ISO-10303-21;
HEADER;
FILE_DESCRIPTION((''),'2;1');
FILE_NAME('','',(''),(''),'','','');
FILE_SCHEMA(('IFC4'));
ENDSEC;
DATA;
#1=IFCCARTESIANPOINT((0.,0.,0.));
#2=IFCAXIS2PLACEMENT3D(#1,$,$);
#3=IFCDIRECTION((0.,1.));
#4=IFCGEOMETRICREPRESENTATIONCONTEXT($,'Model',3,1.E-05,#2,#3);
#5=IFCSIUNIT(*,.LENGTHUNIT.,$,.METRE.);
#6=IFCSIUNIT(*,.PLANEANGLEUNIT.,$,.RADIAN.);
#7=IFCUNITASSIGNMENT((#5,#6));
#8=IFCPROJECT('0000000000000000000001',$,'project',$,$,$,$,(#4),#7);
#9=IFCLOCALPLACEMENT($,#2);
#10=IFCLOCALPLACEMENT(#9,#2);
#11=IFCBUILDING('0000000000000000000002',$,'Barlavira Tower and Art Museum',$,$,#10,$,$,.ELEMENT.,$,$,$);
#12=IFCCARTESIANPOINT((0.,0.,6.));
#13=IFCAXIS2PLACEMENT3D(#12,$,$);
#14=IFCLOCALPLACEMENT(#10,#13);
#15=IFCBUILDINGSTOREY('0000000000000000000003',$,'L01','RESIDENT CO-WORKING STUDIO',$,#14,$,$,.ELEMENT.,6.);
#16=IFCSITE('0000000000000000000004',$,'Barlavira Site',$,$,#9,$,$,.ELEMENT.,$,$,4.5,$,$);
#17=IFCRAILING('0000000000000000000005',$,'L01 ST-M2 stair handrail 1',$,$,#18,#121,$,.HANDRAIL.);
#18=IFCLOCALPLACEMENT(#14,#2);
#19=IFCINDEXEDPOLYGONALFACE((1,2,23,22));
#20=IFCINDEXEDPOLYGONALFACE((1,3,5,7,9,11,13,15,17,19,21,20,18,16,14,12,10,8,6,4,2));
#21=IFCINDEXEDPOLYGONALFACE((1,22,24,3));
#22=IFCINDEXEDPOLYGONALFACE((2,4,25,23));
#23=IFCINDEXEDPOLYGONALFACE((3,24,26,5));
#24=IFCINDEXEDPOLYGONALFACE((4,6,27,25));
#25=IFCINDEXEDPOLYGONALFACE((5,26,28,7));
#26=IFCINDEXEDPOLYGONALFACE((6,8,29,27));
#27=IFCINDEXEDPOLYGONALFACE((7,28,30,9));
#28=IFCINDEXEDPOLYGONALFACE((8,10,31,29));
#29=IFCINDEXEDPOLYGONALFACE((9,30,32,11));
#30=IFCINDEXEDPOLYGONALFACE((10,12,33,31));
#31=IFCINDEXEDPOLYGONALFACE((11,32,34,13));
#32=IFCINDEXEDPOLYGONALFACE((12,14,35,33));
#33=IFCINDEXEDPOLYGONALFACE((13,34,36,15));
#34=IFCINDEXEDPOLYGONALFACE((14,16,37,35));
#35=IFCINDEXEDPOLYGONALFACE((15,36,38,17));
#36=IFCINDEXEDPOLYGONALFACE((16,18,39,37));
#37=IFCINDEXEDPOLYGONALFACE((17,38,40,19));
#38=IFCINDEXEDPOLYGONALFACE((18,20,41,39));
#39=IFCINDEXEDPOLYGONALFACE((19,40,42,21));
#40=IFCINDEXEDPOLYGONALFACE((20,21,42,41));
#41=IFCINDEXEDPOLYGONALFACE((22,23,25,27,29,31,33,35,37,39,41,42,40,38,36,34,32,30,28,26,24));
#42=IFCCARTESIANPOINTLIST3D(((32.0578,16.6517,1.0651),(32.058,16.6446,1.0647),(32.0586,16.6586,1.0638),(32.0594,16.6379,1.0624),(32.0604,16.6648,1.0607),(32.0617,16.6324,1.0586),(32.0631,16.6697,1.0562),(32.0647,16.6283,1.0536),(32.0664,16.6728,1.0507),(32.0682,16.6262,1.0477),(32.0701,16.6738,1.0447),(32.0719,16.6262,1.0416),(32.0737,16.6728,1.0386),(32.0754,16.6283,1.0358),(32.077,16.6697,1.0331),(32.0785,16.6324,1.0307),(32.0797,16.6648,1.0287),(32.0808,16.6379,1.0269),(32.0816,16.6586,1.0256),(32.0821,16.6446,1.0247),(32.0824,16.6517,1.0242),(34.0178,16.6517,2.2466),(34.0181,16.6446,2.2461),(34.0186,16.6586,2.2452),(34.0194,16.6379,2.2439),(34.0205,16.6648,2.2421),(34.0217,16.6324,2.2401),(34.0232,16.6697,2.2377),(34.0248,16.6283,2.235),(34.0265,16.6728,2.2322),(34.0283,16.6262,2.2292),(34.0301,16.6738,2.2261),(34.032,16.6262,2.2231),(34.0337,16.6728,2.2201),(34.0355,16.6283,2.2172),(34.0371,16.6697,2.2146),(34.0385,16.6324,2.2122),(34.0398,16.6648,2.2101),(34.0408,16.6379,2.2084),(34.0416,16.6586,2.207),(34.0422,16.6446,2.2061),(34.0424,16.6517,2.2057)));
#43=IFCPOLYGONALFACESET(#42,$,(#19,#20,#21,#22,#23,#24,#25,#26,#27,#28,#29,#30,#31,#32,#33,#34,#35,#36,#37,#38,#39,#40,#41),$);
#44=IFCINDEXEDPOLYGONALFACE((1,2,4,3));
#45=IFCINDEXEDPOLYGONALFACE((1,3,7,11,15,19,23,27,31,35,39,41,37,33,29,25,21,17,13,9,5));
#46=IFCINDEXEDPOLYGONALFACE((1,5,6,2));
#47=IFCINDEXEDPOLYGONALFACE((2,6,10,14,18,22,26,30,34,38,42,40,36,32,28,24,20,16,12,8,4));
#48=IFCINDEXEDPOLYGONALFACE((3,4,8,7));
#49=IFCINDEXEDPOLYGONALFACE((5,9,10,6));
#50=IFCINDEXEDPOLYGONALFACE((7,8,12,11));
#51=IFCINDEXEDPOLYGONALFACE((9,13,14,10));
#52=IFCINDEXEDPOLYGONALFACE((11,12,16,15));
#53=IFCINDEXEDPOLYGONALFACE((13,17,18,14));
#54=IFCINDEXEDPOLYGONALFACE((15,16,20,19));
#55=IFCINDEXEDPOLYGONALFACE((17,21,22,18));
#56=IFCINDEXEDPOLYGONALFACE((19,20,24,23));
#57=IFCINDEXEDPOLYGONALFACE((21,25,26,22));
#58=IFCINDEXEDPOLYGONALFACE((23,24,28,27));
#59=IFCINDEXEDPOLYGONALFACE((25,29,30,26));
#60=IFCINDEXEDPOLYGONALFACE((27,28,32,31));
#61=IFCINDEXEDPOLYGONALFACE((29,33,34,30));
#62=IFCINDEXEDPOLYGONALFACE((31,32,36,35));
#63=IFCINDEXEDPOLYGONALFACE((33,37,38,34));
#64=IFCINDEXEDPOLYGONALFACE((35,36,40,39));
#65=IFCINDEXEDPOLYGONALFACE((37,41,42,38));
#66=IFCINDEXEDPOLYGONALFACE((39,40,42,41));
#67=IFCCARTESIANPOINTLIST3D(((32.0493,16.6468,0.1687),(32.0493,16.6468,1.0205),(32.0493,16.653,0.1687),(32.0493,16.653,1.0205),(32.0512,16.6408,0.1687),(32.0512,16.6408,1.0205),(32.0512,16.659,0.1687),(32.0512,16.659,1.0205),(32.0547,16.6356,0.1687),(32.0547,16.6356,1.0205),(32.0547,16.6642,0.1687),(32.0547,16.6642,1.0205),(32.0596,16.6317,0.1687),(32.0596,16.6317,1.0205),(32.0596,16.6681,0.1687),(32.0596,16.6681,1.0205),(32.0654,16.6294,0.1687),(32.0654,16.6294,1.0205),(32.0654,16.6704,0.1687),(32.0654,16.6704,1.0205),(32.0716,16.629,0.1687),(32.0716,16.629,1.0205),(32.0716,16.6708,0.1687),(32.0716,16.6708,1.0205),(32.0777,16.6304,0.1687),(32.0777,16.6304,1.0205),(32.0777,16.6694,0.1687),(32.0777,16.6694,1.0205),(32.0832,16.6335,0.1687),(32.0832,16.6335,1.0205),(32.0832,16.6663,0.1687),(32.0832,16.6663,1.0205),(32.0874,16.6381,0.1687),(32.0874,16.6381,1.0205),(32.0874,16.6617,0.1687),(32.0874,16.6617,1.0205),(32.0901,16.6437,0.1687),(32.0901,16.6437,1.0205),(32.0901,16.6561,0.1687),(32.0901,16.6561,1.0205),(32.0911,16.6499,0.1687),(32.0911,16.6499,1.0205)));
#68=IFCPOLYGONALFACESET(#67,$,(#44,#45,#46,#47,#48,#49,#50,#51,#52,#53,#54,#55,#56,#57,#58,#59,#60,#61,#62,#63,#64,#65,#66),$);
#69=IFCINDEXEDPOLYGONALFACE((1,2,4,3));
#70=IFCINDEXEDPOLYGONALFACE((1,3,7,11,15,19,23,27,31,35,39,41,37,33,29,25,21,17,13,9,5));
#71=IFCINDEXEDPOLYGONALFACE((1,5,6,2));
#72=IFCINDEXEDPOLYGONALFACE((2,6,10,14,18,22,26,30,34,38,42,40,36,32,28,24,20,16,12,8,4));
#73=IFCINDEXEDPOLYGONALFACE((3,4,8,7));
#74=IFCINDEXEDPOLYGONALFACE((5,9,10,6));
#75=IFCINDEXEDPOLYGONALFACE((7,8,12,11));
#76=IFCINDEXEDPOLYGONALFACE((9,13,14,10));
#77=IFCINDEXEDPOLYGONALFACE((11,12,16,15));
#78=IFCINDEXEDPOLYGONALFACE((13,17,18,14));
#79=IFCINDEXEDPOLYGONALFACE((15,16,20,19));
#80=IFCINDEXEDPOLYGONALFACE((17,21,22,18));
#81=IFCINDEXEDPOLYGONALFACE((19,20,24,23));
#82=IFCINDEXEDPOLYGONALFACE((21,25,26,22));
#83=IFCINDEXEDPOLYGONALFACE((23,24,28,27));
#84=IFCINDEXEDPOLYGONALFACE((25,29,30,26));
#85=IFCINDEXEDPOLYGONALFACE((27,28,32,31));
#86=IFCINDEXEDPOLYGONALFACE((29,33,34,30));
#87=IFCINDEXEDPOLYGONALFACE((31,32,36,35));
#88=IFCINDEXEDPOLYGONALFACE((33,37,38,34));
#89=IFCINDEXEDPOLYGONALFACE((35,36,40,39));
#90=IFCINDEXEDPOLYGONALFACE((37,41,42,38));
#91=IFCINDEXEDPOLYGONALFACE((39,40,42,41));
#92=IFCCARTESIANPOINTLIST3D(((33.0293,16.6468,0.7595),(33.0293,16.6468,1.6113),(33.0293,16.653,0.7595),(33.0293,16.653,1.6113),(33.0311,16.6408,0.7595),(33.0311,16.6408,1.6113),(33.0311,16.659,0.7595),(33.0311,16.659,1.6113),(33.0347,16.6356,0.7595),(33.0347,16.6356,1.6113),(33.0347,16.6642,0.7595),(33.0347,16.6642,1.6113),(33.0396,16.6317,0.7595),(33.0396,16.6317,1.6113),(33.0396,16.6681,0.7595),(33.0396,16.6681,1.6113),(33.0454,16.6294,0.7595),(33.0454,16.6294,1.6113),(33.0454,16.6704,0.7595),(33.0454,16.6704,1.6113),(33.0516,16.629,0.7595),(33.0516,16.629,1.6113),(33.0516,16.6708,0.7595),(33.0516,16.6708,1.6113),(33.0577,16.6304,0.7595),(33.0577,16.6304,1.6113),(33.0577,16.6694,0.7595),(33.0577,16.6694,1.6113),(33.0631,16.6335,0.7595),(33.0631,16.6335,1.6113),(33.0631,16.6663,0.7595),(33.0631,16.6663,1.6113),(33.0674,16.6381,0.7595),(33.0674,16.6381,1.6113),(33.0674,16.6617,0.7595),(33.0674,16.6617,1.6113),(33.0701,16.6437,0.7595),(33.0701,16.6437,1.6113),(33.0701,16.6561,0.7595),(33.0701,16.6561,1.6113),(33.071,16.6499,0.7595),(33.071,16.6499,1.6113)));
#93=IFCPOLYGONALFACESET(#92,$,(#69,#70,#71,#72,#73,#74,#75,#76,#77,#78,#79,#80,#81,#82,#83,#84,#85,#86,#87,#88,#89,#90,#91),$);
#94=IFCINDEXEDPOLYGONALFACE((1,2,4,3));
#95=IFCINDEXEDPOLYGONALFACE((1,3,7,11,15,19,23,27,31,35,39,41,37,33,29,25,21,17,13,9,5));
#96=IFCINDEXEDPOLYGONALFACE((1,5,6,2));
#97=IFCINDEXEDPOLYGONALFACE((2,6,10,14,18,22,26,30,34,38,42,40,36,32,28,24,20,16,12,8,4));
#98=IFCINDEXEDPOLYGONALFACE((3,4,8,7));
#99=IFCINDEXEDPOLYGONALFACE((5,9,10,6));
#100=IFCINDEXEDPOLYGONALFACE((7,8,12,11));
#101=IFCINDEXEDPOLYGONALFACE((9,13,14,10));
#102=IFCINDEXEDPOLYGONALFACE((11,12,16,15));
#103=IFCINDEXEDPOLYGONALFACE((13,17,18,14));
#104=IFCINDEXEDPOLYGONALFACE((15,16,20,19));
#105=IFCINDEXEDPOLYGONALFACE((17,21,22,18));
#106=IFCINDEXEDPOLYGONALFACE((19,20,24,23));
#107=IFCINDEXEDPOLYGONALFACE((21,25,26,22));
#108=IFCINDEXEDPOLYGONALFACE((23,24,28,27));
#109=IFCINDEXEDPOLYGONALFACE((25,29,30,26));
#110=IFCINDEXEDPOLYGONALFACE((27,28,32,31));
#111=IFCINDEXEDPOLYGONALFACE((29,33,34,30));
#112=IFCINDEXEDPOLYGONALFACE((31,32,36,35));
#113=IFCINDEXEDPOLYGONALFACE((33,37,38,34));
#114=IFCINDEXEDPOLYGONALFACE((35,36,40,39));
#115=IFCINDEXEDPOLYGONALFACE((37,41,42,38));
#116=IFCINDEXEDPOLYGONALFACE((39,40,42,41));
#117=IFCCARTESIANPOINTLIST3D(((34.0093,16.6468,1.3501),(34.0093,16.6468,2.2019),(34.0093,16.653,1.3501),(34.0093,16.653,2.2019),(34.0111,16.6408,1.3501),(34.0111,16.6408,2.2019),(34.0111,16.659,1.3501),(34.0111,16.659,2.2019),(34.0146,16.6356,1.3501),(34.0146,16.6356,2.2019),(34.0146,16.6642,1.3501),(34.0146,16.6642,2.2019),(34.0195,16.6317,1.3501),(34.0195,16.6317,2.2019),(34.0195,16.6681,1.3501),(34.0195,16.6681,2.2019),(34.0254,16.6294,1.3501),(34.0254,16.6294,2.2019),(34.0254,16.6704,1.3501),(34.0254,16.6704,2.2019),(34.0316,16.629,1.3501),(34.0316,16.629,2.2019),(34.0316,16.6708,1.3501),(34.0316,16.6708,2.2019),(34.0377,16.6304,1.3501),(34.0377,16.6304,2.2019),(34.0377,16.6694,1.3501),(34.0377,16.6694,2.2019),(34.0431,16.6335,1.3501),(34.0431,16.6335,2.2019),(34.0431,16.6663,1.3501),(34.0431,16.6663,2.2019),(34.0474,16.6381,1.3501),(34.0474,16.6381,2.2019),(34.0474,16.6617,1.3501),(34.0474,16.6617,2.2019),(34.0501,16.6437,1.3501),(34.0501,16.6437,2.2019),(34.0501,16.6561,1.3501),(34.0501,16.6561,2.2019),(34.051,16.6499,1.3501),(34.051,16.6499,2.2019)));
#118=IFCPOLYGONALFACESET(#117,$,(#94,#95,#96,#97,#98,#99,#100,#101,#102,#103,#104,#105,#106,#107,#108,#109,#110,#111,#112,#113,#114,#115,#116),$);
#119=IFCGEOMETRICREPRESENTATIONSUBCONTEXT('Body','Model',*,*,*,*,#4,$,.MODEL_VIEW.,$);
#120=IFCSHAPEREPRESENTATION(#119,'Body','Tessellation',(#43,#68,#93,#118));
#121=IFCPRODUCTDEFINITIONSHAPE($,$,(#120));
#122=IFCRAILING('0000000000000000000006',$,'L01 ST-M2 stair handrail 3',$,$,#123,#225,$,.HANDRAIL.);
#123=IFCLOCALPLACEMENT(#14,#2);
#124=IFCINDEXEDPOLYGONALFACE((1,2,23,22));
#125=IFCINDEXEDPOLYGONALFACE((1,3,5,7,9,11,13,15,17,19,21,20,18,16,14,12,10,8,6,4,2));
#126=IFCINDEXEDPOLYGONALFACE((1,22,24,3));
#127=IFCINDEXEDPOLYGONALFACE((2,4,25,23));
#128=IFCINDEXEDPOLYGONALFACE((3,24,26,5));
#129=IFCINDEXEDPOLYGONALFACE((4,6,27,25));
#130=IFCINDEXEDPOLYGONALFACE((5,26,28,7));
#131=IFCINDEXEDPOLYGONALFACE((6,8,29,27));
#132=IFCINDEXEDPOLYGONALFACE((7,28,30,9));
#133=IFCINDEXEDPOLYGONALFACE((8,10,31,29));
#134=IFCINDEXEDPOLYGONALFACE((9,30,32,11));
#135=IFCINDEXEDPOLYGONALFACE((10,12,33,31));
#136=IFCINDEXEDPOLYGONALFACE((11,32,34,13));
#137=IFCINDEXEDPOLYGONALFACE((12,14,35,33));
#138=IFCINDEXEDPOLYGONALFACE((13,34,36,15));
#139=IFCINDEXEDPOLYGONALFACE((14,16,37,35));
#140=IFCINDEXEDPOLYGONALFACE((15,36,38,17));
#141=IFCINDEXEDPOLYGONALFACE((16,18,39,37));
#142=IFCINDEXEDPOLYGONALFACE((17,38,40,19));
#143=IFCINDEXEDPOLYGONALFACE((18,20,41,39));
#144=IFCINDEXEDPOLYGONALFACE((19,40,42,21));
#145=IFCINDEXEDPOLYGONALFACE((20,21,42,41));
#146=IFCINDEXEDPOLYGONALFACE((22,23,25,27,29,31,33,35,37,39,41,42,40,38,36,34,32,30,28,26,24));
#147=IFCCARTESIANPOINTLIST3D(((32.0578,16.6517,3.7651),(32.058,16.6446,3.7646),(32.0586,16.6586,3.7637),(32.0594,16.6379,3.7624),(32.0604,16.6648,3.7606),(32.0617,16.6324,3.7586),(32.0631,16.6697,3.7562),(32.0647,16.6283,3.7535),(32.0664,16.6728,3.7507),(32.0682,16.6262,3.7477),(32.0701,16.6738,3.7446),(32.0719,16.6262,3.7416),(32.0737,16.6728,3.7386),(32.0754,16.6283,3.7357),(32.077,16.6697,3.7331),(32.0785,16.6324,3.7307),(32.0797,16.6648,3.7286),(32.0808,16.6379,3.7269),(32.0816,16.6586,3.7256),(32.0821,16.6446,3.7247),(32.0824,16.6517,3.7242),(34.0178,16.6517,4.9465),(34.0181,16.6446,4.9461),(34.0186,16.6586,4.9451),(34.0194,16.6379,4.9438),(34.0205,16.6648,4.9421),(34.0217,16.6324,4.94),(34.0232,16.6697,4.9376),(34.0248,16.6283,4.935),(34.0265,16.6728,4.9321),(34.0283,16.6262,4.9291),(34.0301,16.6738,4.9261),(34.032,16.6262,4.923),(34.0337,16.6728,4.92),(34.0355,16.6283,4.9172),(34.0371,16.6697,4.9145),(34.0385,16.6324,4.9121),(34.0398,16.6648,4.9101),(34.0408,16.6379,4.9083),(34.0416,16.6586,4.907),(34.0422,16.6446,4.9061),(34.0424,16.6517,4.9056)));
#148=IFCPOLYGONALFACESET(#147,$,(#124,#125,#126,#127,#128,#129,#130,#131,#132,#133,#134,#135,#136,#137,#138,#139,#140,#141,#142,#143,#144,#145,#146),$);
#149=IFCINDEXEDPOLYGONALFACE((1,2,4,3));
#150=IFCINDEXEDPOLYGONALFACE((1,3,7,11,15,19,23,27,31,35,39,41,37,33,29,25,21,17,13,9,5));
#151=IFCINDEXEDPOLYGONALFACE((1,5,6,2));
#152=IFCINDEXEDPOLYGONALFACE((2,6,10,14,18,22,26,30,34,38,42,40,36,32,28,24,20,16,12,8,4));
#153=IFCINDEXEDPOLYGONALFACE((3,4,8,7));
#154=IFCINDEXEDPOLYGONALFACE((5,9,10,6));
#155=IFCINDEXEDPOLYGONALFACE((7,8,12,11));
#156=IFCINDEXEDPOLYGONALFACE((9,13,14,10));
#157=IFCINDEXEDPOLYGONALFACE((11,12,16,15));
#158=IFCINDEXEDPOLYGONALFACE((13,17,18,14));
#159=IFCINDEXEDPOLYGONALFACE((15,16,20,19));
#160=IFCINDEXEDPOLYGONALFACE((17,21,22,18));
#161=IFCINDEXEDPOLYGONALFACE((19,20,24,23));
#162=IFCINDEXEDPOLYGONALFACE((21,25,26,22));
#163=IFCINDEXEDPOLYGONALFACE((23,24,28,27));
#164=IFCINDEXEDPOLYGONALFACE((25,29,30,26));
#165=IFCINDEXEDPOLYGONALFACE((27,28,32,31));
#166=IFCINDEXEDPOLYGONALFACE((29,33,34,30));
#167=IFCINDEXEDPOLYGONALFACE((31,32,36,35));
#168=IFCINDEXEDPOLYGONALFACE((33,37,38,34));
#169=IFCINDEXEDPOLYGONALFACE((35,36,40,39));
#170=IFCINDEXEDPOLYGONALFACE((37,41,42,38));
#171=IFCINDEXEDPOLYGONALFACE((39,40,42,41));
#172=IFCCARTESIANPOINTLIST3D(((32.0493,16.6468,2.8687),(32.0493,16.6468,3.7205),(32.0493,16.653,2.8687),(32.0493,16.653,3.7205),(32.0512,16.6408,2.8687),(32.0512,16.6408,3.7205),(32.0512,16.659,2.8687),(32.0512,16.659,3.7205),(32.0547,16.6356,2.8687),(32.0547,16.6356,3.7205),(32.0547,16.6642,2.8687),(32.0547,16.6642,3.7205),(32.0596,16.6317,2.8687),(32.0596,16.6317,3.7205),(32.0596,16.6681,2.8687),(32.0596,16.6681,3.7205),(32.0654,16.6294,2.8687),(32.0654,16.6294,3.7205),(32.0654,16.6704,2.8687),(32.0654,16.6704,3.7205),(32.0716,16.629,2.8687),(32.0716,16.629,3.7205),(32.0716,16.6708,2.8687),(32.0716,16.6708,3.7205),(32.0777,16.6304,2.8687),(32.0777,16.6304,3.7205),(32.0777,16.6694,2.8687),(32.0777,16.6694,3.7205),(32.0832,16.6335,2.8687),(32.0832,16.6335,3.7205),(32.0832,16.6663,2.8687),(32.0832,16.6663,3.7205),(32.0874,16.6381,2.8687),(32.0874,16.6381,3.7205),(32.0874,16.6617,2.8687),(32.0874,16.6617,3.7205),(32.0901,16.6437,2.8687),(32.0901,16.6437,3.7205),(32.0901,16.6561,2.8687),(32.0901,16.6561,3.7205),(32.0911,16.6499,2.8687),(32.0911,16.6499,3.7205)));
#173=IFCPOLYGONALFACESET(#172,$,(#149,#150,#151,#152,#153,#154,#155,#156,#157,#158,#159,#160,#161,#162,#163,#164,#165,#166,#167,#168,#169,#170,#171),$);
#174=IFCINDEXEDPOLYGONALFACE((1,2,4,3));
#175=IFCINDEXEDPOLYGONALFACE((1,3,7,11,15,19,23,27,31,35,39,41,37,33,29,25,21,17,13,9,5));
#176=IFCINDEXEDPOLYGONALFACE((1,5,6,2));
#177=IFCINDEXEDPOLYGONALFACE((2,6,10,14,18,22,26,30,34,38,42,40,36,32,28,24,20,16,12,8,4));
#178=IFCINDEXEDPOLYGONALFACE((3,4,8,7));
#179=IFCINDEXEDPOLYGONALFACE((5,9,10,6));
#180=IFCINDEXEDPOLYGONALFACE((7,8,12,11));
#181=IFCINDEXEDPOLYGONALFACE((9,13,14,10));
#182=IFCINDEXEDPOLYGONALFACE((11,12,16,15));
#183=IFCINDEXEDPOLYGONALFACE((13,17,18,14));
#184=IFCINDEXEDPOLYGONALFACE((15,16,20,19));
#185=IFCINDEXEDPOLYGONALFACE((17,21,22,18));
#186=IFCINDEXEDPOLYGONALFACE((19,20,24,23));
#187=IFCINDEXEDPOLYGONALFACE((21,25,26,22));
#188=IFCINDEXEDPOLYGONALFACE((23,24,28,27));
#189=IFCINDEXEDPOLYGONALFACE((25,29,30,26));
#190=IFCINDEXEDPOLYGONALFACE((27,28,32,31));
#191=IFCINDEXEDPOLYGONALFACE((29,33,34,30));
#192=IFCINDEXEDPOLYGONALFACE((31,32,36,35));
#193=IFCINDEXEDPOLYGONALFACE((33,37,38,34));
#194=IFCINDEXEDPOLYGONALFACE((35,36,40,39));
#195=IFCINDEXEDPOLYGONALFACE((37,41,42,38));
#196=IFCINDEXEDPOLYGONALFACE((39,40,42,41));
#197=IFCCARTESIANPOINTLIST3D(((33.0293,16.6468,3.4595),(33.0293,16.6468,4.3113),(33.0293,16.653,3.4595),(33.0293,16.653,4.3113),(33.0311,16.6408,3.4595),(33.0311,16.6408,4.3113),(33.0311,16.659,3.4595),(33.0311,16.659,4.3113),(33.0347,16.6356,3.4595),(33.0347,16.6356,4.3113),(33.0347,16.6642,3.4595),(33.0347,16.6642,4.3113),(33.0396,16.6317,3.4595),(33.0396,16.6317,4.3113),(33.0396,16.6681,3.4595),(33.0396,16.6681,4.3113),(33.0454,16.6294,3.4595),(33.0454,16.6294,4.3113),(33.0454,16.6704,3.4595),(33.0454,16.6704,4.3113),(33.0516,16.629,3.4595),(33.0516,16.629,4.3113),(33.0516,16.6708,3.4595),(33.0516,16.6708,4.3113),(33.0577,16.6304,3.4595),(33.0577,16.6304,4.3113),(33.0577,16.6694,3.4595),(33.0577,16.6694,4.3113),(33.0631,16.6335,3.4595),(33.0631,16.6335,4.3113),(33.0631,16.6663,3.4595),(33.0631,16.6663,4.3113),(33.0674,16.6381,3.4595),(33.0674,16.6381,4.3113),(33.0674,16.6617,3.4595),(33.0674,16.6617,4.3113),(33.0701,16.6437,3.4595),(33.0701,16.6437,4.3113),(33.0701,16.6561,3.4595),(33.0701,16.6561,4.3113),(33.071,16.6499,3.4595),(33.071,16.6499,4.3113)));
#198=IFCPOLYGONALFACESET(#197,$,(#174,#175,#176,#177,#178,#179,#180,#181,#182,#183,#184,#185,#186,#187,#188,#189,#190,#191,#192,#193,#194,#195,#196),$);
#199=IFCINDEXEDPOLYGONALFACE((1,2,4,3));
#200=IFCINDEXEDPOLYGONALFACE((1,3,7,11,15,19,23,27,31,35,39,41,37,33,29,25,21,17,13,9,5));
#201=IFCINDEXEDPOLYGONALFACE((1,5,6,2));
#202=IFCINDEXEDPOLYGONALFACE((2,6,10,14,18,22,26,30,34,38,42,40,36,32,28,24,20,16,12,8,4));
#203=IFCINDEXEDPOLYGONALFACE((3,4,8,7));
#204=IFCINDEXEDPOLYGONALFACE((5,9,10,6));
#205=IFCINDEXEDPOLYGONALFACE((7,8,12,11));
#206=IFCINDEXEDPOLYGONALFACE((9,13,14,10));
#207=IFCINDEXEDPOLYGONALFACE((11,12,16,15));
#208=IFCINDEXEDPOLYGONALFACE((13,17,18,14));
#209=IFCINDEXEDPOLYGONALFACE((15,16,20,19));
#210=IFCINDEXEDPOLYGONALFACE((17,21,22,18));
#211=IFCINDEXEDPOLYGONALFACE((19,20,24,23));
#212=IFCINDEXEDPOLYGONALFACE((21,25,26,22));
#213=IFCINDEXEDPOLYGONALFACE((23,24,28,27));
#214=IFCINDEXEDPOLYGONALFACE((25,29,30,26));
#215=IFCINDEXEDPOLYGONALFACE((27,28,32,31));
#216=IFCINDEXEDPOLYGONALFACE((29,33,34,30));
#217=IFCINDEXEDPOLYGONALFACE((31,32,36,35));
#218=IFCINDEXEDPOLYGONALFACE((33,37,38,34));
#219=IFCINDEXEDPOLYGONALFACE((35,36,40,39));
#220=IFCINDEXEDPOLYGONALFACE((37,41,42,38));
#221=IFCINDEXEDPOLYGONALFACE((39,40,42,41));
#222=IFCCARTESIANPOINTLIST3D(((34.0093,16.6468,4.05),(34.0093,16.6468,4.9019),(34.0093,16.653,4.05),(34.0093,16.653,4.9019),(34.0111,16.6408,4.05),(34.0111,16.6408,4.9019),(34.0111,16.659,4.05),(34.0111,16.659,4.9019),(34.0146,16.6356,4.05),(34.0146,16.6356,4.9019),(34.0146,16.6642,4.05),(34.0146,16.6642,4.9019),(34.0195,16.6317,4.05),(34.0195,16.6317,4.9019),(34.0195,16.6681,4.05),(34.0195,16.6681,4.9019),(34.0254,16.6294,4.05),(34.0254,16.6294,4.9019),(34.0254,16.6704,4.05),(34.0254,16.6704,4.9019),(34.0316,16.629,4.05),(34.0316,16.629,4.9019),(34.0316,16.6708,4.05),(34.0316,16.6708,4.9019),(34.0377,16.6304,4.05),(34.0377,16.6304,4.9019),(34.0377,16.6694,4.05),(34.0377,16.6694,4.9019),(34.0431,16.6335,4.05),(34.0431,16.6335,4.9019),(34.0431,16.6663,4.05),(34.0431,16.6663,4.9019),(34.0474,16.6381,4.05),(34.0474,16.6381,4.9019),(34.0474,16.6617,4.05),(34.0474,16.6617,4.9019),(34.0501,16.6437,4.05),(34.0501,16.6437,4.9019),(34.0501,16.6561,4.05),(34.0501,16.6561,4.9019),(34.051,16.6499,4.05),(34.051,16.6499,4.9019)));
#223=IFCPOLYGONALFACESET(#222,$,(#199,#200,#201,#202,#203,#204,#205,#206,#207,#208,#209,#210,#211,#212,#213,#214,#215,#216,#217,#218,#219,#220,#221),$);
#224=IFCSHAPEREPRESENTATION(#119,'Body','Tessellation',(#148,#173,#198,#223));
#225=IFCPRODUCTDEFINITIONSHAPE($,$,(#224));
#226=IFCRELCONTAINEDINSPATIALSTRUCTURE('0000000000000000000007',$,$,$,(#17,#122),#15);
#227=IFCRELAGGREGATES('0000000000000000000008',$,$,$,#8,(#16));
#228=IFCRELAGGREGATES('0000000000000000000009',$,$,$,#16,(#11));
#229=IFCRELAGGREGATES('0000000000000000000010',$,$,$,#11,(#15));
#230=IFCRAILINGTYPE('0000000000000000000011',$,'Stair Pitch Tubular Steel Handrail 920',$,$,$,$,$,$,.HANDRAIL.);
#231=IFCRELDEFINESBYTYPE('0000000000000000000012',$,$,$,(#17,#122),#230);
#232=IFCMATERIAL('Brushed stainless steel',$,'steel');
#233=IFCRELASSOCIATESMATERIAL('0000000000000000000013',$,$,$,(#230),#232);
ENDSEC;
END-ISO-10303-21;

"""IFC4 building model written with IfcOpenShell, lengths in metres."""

from ifc_helpers import new_model, si_unit, direction, frame, origin, origin_2d, place, context, subcontext, project, spatial, circle, extrude, material, type_object, element, save


model = new_model("IFC4")

# Units and contexts
model_context = context("Model", 3, precision=1e-05, world=origin(), true_north=direction((0.0, 1.0)))
body_context = subcontext(model_context, "Body", "Model", "MODEL_VIEW")
ifc_project = project(units=[si_unit("LENGTHUNIT", "METRE"), si_unit("PLANEANGLEUNIT", "RADIAN")], contexts=[model_context])

# Site, building, storey
site_placement = place(None, origin())
site = spatial("IfcSite", under=ifc_project, at=site_placement, Name="Barlavira Site", CompositionType="ELEMENT", RefElevation=4.5)
building_placement = place(site_placement, origin())
building = spatial("IfcBuilding", under=site, at=building_placement, Name="Barlavira Tower and Art Museum", CompositionType="ELEMENT")
storey_placement = place(building_placement, frame((0.0, 0.0, 6.0)))
storey = spatial("IfcBuildingStorey", under=building, at=storey_placement, Name="L01", Description="RESIDENT CO-WORKING STUDIO", CompositionType="ELEMENT", Elevation=6.0)

# Railings
ifc_material_1 = material(Name="Brushed stainless steel", Category="steel")
railing_type_1 = type_object("IfcRailingType", Name="Stair Pitch Tubular Steel Handrail 920", PredefinedType="HANDRAIL", material=ifc_material_1)
for number, where, name in (
    (1, (32.0701, 16.6499, 0.1687), "L01 ST-M2 stair handrail 1"),
    (2, (32.0701, 16.6499, 2.8687), "L01 ST-M2 stair handrail 3"),
):
    element("IfcRailing", number, at=place(storey_placement, frame(where)), inside=storey, type_object=railing_type_1, Name=name, PredefinedType="HANDRAIL", context=body_context, shape_type="SweptSolid", body=[
        extrude(circle(Radius=0.0239, at=origin_2d()), frame((0.0, 0.0, 0.876), z_axis=(0.856446, 0.0, 0.516236), x_axis=(0.0, 1.0, 0.0)), (0.0, 0.0, 1.0), 2.2886),
        extrude(circle(Radius=0.021, at=origin_2d()), origin(), (0.0, 0.0, 1.0), 0.8518),
        extrude(circle(Radius=0.021, at=origin_2d()), frame((0.98, 0.0, 0.5908)), (0.0, 0.0, 1.0), 0.8518),
        extrude(circle(Radius=0.021, at=origin_2d()), frame((1.96, 0.0, 1.1814)), (0.0, 0.0, 1.0), 0.8518),
    ])

save(model, "model.ifc")
